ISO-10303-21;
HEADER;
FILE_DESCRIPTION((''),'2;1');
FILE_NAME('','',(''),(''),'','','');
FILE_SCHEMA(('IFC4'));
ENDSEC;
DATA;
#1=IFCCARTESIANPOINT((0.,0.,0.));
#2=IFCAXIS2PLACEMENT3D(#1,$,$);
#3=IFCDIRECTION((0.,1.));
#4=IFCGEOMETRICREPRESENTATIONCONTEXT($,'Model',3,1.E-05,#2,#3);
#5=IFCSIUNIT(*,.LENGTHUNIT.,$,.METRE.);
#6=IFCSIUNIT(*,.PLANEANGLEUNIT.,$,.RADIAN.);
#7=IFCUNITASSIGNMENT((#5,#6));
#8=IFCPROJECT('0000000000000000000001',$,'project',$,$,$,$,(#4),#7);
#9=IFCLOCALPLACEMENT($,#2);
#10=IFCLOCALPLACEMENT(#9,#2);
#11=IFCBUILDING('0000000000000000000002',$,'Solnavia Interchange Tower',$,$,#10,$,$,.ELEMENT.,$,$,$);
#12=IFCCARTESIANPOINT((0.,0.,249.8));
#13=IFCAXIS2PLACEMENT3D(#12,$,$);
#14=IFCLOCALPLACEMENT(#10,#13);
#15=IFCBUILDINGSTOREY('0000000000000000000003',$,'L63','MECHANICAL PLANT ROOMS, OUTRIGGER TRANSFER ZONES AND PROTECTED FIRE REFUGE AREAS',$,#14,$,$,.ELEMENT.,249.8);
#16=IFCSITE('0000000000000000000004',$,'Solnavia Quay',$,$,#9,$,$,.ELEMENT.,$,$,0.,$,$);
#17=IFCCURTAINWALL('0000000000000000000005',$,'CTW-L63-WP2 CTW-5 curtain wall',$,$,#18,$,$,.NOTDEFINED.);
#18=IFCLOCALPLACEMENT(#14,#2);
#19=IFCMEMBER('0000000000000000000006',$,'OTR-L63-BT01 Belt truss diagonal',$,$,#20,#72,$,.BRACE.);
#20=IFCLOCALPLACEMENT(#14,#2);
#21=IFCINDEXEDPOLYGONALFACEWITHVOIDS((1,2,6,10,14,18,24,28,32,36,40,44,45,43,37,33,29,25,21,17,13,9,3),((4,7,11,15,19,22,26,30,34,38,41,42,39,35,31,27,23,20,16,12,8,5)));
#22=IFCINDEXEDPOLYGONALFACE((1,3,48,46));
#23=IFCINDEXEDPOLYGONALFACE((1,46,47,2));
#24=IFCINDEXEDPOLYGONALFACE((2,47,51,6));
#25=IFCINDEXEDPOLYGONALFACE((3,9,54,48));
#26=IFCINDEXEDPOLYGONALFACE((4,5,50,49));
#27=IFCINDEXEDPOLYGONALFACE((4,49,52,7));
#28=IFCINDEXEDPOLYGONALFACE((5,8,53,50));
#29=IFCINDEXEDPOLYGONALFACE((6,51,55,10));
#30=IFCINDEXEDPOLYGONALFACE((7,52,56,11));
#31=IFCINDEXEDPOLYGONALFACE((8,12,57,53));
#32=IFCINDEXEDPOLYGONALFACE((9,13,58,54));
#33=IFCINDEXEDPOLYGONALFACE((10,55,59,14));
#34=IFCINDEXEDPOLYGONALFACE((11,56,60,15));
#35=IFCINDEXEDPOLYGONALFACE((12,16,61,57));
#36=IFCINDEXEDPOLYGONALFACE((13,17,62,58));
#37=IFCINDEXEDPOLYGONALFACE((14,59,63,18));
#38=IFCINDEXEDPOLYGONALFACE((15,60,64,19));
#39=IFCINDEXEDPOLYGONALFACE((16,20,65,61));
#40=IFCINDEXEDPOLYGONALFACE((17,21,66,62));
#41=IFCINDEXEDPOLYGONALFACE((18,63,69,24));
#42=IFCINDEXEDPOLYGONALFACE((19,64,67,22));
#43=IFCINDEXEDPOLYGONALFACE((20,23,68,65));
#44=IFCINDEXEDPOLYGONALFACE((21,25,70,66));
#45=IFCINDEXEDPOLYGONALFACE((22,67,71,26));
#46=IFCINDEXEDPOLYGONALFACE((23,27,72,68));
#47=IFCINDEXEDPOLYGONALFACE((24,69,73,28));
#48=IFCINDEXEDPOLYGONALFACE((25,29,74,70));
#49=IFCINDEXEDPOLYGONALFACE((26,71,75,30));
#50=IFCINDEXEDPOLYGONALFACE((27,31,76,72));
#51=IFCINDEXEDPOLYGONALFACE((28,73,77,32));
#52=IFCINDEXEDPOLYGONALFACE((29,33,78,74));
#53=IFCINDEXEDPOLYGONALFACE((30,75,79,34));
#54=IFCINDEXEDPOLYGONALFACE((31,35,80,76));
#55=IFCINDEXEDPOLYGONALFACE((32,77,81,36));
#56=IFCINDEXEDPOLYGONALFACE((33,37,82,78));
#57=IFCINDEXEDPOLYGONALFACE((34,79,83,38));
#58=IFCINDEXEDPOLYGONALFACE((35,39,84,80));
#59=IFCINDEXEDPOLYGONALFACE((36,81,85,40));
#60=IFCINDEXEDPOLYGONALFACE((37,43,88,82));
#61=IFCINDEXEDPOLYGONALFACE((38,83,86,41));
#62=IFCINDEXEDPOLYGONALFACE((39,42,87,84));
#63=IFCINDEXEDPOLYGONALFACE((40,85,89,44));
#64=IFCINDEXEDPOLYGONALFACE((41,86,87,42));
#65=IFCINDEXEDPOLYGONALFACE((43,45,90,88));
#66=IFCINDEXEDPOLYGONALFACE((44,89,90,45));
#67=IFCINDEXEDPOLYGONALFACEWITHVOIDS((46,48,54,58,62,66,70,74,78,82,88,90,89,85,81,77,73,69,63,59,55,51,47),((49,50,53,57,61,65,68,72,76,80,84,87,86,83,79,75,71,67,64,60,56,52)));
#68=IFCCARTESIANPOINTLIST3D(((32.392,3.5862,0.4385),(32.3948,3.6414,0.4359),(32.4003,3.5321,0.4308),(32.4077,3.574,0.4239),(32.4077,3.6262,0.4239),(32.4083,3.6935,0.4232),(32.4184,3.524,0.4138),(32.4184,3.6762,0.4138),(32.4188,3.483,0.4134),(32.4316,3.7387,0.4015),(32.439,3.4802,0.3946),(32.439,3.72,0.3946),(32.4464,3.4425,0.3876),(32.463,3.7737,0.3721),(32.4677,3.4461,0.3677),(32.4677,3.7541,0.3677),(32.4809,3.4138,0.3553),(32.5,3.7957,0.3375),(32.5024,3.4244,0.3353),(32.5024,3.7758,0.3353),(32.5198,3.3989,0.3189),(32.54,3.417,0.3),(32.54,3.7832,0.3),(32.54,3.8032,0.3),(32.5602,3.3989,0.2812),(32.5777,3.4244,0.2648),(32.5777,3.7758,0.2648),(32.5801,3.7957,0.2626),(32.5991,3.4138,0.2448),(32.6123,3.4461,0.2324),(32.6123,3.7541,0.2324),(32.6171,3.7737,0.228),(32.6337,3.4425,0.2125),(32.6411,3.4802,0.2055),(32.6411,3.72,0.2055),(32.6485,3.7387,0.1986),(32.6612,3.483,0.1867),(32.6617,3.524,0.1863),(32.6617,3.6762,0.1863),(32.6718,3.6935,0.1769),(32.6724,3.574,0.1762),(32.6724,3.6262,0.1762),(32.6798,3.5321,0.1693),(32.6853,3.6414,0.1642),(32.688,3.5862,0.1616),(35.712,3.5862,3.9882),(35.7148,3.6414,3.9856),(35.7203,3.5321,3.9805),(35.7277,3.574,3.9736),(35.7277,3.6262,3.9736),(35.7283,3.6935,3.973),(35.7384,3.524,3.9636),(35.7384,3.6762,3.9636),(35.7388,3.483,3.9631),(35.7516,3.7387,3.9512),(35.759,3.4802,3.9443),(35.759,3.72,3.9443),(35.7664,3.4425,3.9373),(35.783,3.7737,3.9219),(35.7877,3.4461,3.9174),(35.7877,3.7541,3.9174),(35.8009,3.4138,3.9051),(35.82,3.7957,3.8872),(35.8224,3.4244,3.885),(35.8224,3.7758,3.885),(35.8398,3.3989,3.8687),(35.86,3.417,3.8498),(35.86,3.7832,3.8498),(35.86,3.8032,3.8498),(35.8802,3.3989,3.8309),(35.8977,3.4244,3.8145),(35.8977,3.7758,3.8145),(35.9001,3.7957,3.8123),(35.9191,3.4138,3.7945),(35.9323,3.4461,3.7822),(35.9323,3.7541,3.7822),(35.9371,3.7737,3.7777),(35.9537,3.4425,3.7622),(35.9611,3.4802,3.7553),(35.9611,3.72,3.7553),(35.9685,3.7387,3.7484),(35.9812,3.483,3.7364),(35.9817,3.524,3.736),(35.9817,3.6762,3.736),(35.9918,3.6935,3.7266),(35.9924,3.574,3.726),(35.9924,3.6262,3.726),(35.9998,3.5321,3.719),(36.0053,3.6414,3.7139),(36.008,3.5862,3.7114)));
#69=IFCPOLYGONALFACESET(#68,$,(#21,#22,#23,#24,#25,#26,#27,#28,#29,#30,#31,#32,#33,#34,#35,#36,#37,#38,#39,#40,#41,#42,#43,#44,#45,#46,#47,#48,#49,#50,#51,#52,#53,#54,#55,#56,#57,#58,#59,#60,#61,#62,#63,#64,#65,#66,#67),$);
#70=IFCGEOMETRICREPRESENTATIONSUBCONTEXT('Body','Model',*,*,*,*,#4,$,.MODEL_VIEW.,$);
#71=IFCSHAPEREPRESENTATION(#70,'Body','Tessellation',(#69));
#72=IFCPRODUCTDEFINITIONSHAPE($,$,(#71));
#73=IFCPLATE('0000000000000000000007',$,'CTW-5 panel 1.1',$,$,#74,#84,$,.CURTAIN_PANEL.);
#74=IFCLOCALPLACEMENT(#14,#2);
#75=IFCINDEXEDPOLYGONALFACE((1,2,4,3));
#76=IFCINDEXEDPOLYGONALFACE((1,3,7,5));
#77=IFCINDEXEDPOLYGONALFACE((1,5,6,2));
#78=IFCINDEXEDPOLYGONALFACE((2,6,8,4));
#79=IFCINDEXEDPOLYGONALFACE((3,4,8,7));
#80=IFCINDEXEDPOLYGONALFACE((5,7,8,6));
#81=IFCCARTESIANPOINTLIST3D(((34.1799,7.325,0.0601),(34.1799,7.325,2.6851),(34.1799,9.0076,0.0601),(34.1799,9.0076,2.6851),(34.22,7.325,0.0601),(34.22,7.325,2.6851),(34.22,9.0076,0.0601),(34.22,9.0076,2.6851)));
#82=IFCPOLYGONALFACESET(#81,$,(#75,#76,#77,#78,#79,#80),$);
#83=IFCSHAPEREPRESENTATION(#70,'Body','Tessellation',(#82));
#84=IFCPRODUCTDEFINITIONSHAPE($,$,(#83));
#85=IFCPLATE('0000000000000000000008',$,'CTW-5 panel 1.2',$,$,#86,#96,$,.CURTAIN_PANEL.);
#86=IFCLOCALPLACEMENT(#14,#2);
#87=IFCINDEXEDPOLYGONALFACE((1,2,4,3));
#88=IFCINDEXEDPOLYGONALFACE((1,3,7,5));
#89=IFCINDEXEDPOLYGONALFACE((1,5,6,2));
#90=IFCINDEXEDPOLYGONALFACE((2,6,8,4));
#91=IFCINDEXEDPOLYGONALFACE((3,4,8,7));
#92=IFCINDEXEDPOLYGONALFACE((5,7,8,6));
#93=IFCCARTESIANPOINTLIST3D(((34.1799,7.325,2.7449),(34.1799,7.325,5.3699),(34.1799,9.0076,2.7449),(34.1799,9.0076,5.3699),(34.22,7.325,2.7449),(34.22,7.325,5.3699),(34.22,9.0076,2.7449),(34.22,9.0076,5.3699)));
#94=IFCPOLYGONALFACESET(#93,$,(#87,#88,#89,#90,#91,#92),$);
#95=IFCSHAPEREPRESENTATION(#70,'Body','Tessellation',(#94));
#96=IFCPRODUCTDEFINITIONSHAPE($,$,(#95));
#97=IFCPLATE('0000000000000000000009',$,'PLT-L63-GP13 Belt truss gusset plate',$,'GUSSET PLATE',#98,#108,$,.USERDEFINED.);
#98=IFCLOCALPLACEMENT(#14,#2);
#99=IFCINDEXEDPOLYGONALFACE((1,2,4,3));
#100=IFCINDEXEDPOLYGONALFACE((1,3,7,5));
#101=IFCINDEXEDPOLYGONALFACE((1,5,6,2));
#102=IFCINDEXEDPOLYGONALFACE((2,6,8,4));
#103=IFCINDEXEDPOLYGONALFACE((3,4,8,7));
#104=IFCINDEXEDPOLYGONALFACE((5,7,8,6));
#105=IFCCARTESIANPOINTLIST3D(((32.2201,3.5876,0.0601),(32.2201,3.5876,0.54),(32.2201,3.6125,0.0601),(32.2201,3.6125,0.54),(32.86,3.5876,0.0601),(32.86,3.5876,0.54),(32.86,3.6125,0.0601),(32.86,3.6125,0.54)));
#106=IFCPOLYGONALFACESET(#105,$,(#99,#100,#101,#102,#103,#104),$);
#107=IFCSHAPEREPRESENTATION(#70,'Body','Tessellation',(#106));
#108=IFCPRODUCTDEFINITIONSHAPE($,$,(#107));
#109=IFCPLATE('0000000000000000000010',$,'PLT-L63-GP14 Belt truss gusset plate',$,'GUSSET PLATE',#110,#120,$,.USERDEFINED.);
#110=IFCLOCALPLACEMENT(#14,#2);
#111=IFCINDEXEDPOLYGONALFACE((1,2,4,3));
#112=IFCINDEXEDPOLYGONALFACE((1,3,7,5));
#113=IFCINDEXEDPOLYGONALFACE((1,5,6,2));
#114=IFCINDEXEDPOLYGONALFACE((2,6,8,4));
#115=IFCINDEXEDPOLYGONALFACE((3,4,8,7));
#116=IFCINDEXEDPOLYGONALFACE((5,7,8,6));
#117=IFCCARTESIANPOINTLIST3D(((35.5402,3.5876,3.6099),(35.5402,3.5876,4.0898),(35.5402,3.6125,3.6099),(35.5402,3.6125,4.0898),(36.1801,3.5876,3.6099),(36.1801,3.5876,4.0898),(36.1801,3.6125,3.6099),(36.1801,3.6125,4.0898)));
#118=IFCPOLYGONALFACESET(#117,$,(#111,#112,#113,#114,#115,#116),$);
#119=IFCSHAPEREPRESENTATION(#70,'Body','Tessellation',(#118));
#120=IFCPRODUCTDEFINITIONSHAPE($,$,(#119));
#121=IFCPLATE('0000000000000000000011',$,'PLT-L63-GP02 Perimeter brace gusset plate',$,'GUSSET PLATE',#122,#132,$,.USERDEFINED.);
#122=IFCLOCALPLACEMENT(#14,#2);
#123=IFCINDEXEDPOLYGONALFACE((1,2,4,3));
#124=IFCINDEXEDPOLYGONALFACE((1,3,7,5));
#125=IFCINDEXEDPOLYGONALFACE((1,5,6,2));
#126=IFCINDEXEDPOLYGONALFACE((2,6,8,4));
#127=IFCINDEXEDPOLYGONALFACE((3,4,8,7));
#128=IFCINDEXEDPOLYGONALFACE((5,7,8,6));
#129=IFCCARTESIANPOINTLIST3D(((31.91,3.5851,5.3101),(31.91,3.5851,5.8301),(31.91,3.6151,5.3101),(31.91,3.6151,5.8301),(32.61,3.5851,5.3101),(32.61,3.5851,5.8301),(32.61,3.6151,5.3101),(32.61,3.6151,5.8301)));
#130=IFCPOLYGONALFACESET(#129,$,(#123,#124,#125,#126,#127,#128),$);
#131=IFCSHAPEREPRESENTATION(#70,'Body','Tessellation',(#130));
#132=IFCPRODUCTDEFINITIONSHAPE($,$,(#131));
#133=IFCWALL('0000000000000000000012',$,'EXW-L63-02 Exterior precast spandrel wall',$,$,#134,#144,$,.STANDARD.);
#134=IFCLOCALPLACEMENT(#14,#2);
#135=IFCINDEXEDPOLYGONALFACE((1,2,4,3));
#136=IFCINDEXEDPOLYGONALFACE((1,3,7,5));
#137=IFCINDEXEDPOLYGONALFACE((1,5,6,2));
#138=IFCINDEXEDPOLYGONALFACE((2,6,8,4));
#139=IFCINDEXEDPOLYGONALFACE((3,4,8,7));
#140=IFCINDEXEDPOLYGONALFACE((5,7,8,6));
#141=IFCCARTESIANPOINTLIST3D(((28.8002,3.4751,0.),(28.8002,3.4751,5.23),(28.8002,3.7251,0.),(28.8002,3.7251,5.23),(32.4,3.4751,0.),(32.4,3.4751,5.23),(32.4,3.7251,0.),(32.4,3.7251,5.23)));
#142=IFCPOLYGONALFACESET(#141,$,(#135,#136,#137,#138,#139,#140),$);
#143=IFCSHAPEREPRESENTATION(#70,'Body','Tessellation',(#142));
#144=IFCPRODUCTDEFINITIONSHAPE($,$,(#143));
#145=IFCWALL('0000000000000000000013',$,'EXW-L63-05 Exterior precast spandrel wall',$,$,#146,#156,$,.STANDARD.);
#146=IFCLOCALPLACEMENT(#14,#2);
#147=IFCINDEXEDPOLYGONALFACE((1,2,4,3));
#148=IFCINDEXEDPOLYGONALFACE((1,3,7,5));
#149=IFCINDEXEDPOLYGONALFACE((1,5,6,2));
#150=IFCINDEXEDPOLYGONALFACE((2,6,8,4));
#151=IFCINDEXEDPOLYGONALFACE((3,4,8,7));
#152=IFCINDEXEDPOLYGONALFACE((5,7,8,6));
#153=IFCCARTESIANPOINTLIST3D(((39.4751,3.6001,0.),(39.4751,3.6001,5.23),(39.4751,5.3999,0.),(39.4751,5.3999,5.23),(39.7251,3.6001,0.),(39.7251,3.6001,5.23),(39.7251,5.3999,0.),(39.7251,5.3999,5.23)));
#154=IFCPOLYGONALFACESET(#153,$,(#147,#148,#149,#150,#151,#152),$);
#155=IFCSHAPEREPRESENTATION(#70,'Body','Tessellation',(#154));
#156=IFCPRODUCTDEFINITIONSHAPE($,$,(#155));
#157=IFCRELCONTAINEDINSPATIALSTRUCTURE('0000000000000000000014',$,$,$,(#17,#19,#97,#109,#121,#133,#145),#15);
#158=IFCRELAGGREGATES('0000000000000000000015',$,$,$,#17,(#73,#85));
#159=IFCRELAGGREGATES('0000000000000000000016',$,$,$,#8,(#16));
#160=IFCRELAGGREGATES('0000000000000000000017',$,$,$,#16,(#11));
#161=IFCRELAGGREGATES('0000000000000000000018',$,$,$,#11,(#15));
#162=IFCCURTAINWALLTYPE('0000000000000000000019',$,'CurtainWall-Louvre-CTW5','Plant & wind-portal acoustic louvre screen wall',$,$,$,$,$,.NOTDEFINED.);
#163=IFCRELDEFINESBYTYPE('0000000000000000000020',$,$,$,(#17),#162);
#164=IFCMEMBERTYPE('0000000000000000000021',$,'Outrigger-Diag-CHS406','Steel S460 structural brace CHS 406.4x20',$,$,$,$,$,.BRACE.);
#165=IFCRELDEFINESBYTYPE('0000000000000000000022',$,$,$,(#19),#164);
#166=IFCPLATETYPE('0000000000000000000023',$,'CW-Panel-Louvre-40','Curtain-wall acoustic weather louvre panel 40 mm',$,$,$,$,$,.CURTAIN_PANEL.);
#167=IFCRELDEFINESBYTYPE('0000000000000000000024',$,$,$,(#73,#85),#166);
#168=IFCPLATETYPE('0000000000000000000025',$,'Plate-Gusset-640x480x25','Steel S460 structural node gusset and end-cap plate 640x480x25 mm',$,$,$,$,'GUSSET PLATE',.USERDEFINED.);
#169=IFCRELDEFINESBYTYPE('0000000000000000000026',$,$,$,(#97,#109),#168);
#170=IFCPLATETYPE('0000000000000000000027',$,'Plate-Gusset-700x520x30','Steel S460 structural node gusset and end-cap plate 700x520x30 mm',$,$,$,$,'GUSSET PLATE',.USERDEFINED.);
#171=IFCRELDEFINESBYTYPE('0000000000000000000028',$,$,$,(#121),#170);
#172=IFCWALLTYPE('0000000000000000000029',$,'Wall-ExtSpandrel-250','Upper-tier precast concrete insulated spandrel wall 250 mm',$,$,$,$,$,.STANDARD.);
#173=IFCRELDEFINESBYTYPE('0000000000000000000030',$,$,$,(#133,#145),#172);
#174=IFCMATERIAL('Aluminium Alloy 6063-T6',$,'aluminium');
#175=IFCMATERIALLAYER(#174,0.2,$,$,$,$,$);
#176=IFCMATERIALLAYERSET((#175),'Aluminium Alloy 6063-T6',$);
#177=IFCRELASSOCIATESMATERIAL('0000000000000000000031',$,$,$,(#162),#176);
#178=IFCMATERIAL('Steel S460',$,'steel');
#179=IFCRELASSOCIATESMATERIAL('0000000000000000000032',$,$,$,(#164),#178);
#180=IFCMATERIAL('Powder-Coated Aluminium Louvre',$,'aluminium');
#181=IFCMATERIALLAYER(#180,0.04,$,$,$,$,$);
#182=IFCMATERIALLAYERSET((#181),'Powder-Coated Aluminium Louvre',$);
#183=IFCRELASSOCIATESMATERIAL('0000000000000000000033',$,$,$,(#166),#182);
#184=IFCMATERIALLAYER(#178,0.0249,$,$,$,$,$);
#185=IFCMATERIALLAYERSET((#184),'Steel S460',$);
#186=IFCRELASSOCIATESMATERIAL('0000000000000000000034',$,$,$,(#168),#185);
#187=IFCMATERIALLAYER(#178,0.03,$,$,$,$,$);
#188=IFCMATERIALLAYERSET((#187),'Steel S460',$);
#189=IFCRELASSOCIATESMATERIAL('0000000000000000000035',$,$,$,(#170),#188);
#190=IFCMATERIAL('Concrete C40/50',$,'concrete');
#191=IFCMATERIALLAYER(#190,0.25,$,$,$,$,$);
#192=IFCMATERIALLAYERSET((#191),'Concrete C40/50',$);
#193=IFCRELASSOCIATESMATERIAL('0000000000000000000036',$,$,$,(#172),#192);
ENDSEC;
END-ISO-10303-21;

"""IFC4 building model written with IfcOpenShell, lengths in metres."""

from ifc_helpers import new_model, si_unit, direction, frame, frame_2d, origin, origin_2d, place, context, subcontext, project, spatial, rectangle, hollow_circle, extrude, material, layer, layer_set, material_profile, profile_set, type_object, element, aggregate, save


model = new_model("IFC4")

# Units and contexts
model_context = context("Model", 3, precision=1e-05, world=origin(), true_north=direction((0.0, 1.0)))
body_context = subcontext(model_context, "Body", "Model", "MODEL_VIEW")
ifc_project = project(units=[si_unit("LENGTHUNIT", "METRE"), si_unit("PLANEANGLEUNIT", "RADIAN")], contexts=[model_context])

# Site, building, storey
site_placement = place(None, origin())
site = spatial("IfcSite", under=ifc_project, at=site_placement, Name="Solnavia Quay", CompositionType="ELEMENT", RefElevation=0.0)
building_placement = place(site_placement, origin())
building = spatial("IfcBuilding", under=site, at=building_placement, Name="Solnavia Interchange Tower", CompositionType="ELEMENT")
storey_placement = place(building_placement, frame((0.0, 0.0, 249.8)))
storey = spatial("IfcBuildingStorey", under=building, at=storey_placement, Name="L63", Description="MECHANICAL PLANT ROOMS, OUTRIGGER TRANSFER ZONES AND PROTECTED FIRE REFUGE AREAS", CompositionType="ELEMENT", Elevation=249.8)

# Curtain wall
ifc_material_1 = material(Name="Aluminium Alloy 6063-T6", Category="aluminium")
ifc_layer_1 = layer(ifc_material_1, 0.2)
ifc_layer_set_1 = layer_set([ifc_layer_1], Name="Aluminium Alloy 6063-T6")
curtain_wall_type = type_object("IfcCurtainWallType", Name="CurtainWall-Louvre-CTW5", Description="Plant & wind-portal acoustic louvre screen wall", PredefinedType="NOTDEFINED", material=ifc_layer_set_1)
curtain_wall_1_placement = place(storey_placement, origin())
curtain_wall_1 = element("IfcCurtainWall", 1, at=curtain_wall_1_placement, inside=storey, type_object=curtain_wall_type, Name="CTW-L63-WP2 CTW-5 curtain wall", PredefinedType="NOTDEFINED")

# Member
ifc_material_2 = material(Name="Steel S460", Category="steel")
ifc_material_profile_1 = material_profile(ifc_material_2, hollow_circle(Radius=0.2031, WallThickness=0.02, at=origin_2d()), Name="CHS 406.4x20")
ifc_profile_set_1 = profile_set([ifc_material_profile_1], Name="Steel S460")
member_type_1 = type_object("IfcMemberType", Name="Outrigger-Diag-CHS406", Description="Steel S460 structural brace CHS 406.4x20", PredefinedType="BRACE", material=ifc_profile_set_1)
member_1_placement = place(storey_placement, frame((32.54, 3.6001, 0.3), z_axis=(0.683078, 0.0, 0.730345), x_axis=(0.0, 1.0, 0.0)))
element("IfcMember", 2, at=member_1_placement, inside=storey, type_object=member_type_1, Name="OTR-L63-BT01 Belt truss diagonal", PredefinedType="BRACE", context=body_context, shape_type="SweptSolid", body=[
    extrude(hollow_circle(Radius=0.2031, WallThickness=0.02, at=origin_2d()), origin(), (0.0, 0.0, 1.0), 4.8604),
])

# Plates
ifc_material_3 = material(Name="Powder-Coated Aluminium Louvre", Category="aluminium")
ifc_layer_2 = layer(ifc_material_3, 0.04)
ifc_layer_set_2 = layer_set([ifc_layer_2], Name="Powder-Coated Aluminium Louvre")
plate_type_1 = type_object("IfcPlateType", Name="CW-Panel-Louvre-40", Description="Curtain-wall acoustic weather louvre panel 40 mm", PredefinedType="CURTAIN_PANEL", material=ifc_layer_set_2)
plate_1_placement = place(storey_placement, frame((34.2, 8.1663, 0.0601), z_axis=(0.0, 0.0, 1.0), x_axis=(0.0, 1.0, 0.0)))
plate_1 = element("IfcPlate", 3, at=plate_1_placement, type_object=plate_type_1, Name="CTW-5 panel 1.1", PredefinedType="CURTAIN_PANEL", context=body_context, shape_type="SweptSolid", body=[
    extrude(rectangle(XDim=1.6826, YDim=0.04, at=origin_2d()), origin(), (0.0, 0.0, 1.0), 2.625),
])
plate_2_placement = place(storey_placement, frame((34.2, 8.1663, 2.7449), z_axis=(0.0, 0.0, 1.0), x_axis=(0.0, 1.0, 0.0)))
plate_2 = element("IfcPlate", 4, at=plate_2_placement, type_object=plate_type_1, Name="CTW-5 panel 1.2", PredefinedType="CURTAIN_PANEL", context=body_context, shape_type="SweptSolid", body=[
    extrude(rectangle(XDim=1.6826, YDim=0.04, at=origin_2d()), origin(), (0.0, 0.0, 1.0), 2.625),
])
aggregate(curtain_wall_1, [plate_1, plate_2])

# Plates
ifc_layer_3 = layer(ifc_material_2, 0.0249)
ifc_layer_set_3 = layer_set([ifc_layer_3], Name="Steel S460")
plate_type_2 = type_object("IfcPlateType", Name="Plate-Gusset-640x480x25", Description="Steel S460 structural node gusset and end-cap plate 640x480x25 mm", ElementType="GUSSET PLATE", PredefinedType="USERDEFINED", material=ifc_layer_set_3)
for number, where, z_axis, x_axis, name in (
    (5, (32.54, 3.6001, 0.0601), (0.0, 0.0, 1.0), (1.0, 0.0, 0.0), "PLT-L63-GP13 Belt truss gusset plate"),
    (6, (35.8601, 3.6001, 3.6099), (0.0, 0.0, 1.0), (1.0, 0.0, 0.0), "PLT-L63-GP14 Belt truss gusset plate"),
):
    element("IfcPlate", number, at=place(storey_placement, frame(where, z_axis=z_axis, x_axis=x_axis)), inside=storey, type_object=plate_type_2, Name=name, ObjectType="GUSSET PLATE", PredefinedType="USERDEFINED", context=body_context, shape_type="SweptSolid", body=[
        extrude(rectangle(XDim=0.6399, YDim=0.0249, at=origin_2d()), origin(), (0.0, 0.0, 1.0), 0.48),
    ])
ifc_layer_4 = layer(ifc_material_2, 0.03)
ifc_layer_set_4 = layer_set([ifc_layer_4], Name="Steel S460")
plate_type_3 = type_object("IfcPlateType", Name="Plate-Gusset-700x520x30", Description="Steel S460 structural node gusset and end-cap plate 700x520x30 mm", ElementType="GUSSET PLATE", PredefinedType="USERDEFINED", material=ifc_layer_set_4)
plate_3_placement = place(storey_placement, frame((32.26, 3.6001, 5.3101), z_axis=(0.0, 0.0, 1.0), x_axis=(1.0, 0.0, 0.0)))
element("IfcPlate", 7, at=plate_3_placement, inside=storey, type_object=plate_type_3, Name="PLT-L63-GP02 Perimeter brace gusset plate", ObjectType="GUSSET PLATE", PredefinedType="USERDEFINED", context=body_context, shape_type="SweptSolid", body=[
    extrude(rectangle(XDim=0.7, YDim=0.03, at=origin_2d()), origin(), (0.0, 0.0, 1.0), 0.52),
])

# Walls
ifc_material_4 = material(Name="Concrete C40/50", Category="concrete")
ifc_layer_5 = layer(ifc_material_4, 0.25)
ifc_layer_set_5 = layer_set([ifc_layer_5], Name="Concrete C40/50")
wall_type = type_object("IfcWallType", Name="Wall-ExtSpandrel-250", Description="Upper-tier precast concrete insulated spandrel wall 250 mm", PredefinedType="STANDARD", material=ifc_layer_set_5)
wall_1_placement = place(storey_placement, frame((32.3999, 3.6001, 0.0), z_axis=(0.0, 0.0, 1.0), x_axis=(-1.0, 0.0, 0.0)))
element("IfcWall", 8, at=wall_1_placement, inside=storey, type_object=wall_type, Name="EXW-L63-02 Exterior precast spandrel wall", PredefinedType="STANDARD", context=body_context, shape_type="SweptSolid", body=[
    extrude(rectangle(XDim=3.5999, YDim=0.25, at=frame_2d((1.7998, 0.0))), origin(), (0.0, 0.0, 1.0), 5.23),
])
wall_2_placement = place(storey_placement, frame((39.6001, 5.3999, 0.0), z_axis=(0.0, 0.0, 1.0), x_axis=(0.0, -1.0, 0.0)))
element("IfcWall", 9, at=wall_2_placement, inside=storey, type_object=wall_type, Name="EXW-L63-05 Exterior precast spandrel wall", PredefinedType="STANDARD", context=body_context, shape_type="SweptSolid", body=[
    extrude(rectangle(XDim=1.7998, YDim=0.25, at=frame_2d((0.8999, 0.0))), origin(), (0.0, 0.0, 1.0), 5.23),
])

save(model, "model.ifc")
